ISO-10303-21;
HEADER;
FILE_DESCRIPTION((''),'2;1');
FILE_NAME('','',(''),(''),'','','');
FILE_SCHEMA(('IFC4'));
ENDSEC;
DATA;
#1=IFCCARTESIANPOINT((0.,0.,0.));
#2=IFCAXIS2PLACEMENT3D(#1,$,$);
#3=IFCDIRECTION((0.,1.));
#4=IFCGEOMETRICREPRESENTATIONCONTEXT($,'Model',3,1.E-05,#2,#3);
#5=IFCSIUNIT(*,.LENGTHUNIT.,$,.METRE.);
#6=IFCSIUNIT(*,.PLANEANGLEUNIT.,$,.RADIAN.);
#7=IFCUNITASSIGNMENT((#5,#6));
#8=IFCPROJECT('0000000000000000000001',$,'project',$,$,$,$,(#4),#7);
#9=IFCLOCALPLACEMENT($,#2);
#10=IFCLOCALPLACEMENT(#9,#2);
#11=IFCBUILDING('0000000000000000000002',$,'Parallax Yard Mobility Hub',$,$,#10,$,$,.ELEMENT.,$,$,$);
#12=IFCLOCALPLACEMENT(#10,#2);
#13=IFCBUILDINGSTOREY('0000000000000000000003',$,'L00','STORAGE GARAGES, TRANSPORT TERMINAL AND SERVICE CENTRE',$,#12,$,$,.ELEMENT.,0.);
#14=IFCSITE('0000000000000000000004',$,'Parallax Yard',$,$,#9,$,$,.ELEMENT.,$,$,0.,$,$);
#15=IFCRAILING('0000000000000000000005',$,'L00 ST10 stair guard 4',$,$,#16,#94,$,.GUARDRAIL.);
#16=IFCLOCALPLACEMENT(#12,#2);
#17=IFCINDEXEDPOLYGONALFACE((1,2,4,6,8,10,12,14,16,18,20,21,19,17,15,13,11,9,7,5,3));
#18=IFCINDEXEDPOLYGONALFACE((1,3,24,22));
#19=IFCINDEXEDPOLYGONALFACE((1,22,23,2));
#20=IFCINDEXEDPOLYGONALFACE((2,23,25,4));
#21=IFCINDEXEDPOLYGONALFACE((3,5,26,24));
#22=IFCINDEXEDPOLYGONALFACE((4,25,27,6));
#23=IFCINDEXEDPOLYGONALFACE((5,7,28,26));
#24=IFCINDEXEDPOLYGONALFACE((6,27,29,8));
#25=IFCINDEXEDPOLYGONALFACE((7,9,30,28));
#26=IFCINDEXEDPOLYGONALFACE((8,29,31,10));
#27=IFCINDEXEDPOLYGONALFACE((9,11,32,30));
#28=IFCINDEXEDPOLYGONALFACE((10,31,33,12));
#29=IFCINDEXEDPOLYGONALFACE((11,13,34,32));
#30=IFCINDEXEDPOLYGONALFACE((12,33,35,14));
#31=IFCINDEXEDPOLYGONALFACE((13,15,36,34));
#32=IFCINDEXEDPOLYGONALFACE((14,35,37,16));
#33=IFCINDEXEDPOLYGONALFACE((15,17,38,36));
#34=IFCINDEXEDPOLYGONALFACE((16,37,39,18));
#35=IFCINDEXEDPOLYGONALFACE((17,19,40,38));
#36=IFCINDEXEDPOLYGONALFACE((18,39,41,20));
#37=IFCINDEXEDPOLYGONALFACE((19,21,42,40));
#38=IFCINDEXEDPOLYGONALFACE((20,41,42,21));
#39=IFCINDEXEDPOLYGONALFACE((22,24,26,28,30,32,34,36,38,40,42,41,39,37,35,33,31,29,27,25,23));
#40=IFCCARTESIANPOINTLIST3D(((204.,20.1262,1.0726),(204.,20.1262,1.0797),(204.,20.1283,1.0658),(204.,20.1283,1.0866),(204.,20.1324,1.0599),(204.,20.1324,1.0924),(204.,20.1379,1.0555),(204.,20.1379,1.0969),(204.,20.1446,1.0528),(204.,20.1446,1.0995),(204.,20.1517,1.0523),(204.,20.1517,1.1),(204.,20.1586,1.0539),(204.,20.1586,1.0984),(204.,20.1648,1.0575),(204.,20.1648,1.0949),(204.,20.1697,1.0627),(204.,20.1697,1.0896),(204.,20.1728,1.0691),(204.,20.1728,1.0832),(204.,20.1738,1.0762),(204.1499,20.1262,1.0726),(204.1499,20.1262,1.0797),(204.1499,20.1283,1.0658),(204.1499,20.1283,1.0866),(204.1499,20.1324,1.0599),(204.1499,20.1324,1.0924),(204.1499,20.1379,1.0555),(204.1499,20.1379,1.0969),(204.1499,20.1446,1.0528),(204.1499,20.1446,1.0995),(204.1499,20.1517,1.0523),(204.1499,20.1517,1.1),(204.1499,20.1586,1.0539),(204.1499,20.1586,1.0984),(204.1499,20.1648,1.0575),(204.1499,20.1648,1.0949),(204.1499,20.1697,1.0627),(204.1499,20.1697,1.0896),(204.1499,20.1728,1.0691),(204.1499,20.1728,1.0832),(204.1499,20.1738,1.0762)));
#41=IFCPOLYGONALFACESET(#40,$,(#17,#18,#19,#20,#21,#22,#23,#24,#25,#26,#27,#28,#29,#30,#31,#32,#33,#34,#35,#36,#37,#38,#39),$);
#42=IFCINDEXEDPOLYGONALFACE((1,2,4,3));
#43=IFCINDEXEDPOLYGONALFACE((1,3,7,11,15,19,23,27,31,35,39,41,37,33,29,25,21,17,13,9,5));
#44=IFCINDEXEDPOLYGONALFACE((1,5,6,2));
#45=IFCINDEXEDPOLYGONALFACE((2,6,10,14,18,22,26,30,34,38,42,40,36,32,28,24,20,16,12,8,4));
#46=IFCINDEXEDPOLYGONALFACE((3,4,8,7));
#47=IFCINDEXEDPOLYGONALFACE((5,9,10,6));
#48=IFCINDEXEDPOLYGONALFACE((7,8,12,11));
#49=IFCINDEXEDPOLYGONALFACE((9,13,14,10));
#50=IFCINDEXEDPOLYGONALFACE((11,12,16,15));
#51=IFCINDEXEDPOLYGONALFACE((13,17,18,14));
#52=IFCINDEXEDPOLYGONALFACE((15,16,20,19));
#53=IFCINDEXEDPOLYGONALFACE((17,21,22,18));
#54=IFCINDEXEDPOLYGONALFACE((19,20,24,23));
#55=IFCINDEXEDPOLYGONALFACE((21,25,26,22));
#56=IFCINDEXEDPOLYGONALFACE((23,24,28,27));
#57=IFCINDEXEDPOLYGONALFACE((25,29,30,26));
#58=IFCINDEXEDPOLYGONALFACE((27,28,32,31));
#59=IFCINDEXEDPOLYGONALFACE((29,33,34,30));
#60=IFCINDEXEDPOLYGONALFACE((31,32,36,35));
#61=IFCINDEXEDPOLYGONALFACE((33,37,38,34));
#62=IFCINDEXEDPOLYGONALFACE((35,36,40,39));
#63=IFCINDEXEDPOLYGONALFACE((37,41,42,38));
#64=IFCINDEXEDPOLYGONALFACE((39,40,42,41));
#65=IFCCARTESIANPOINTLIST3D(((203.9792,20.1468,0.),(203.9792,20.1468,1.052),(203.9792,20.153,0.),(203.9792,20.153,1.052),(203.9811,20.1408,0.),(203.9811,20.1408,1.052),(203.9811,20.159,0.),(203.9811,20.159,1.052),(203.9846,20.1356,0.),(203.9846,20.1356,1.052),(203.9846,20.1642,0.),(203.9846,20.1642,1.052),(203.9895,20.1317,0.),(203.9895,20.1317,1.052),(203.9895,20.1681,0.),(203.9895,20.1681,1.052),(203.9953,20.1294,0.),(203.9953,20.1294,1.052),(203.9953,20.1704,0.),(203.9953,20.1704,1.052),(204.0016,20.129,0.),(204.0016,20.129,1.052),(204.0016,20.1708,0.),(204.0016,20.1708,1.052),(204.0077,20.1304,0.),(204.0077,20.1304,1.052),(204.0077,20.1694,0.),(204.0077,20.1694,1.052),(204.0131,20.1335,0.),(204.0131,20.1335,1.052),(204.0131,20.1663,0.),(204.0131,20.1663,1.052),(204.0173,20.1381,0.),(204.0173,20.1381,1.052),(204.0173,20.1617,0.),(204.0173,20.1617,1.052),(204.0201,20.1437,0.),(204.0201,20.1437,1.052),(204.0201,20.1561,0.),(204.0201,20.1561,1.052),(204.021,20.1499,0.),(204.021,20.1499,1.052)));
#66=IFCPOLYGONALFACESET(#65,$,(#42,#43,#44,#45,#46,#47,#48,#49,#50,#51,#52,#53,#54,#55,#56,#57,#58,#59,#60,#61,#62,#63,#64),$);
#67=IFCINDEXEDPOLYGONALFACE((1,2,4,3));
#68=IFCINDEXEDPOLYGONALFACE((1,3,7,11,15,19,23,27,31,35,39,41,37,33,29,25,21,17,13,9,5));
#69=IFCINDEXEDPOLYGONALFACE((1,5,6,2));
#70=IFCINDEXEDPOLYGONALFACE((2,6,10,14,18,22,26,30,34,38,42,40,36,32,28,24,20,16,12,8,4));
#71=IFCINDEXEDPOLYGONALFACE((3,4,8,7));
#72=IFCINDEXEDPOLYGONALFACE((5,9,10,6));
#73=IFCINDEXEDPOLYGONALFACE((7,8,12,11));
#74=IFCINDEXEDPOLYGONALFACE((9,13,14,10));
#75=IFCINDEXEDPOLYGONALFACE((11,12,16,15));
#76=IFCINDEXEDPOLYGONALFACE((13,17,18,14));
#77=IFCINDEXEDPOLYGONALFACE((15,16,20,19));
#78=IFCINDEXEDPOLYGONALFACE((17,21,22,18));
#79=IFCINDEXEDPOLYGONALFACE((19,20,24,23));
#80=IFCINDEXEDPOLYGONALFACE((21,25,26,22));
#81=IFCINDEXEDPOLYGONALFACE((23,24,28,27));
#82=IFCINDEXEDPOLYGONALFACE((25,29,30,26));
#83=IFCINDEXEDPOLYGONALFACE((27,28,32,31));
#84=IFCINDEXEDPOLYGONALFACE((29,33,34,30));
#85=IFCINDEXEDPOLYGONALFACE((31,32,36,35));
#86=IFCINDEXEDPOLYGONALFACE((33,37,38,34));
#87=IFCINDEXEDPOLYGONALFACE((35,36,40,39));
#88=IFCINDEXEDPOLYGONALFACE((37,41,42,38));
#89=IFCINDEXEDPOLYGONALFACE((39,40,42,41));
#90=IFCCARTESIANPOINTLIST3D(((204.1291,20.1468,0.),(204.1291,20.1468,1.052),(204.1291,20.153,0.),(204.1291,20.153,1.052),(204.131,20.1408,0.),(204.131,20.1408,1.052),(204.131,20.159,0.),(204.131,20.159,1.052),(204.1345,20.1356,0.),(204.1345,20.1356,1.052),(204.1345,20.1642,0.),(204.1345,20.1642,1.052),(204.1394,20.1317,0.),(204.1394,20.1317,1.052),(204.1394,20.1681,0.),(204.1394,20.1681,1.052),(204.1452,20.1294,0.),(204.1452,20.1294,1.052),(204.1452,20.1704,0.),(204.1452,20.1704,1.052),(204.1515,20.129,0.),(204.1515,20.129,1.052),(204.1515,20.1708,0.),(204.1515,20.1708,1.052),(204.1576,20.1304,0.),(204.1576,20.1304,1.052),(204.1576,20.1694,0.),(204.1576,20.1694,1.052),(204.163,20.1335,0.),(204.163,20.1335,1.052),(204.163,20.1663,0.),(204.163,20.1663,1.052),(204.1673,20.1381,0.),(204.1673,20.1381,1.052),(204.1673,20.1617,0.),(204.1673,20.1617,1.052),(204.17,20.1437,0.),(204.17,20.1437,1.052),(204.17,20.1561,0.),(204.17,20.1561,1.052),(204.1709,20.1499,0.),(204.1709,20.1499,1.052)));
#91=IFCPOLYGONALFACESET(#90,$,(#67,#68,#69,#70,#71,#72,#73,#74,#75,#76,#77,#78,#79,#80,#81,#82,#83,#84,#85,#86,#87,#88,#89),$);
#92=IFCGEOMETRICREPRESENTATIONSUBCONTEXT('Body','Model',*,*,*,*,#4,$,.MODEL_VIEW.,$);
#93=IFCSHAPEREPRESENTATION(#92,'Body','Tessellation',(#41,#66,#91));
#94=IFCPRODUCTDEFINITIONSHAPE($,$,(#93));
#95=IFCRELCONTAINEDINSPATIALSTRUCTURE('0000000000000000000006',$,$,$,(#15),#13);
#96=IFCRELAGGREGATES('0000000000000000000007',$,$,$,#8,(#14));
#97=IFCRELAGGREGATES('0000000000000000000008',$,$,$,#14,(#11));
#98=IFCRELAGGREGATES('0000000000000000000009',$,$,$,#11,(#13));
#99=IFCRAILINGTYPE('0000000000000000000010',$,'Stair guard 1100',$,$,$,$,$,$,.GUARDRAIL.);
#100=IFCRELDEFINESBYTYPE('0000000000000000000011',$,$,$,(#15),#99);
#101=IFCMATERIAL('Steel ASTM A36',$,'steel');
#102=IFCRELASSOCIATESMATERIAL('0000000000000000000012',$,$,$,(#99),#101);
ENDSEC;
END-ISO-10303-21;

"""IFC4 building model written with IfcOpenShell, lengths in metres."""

from ifc_helpers import new_model, si_unit, direction, frame, origin, origin_2d, place, context, subcontext, project, spatial, circle, extrude, material, type_object, element, save


model = new_model("IFC4")

# Units and contexts
model_context = context("Model", 3, precision=1e-05, world=origin(), true_north=direction((0.0, 1.0)))
body_context = subcontext(model_context, "Body", "Model", "MODEL_VIEW")
ifc_project = project(units=[si_unit("LENGTHUNIT", "METRE"), si_unit("PLANEANGLEUNIT", "RADIAN")], contexts=[model_context])

# Site, building, storey
site_placement = place(None, origin())
site = spatial("IfcSite", under=ifc_project, at=site_placement, Name="Parallax Yard", CompositionType="ELEMENT", RefElevation=0.0)
building_placement = place(site_placement, origin())
building = spatial("IfcBuilding", under=site, at=building_placement, Name="Parallax Yard Mobility Hub", CompositionType="ELEMENT")
storey_placement = place(building_placement, origin())
storey = spatial("IfcBuildingStorey", under=building, at=storey_placement, Name="L00", Description="STORAGE GARAGES, TRANSPORT TERMINAL AND SERVICE CENTRE", CompositionType="ELEMENT", Elevation=0.0)

# Railing
ifc_material_1 = material(Name="Steel ASTM A36", Category="steel")
railing_type_1 = type_object("IfcRailingType", Name="Stair guard 1100", PredefinedType="GUARDRAIL", material=ifc_material_1)
railing_1_placement = place(storey_placement, frame((204.0, 20.1499, 0.0)))
element("IfcRailing", 1, at=railing_1_placement, inside=storey, type_object=railing_type_1, Name="L00 ST10 stair guard 4", PredefinedType="GUARDRAIL", context=body_context, shape_type="SweptSolid", body=[
    extrude(circle(Radius=0.0239, at=origin_2d()), frame((0.0, 0.0, 1.0762), z_axis=(1.0, 0.0, 0.0), x_axis=(0.0, 1.0, 0.0)), (0.0, 0.0, 1.0), 0.1499),
    extrude(circle(Radius=0.021, at=origin_2d()), origin(), (0.0, 0.0, 1.0), 1.052),
    extrude(circle(Radius=0.021, at=origin_2d()), frame((0.1499, 0.0, 0.0)), (0.0, 0.0, 1.0), 1.052),
])

save(model, "model.ifc")
